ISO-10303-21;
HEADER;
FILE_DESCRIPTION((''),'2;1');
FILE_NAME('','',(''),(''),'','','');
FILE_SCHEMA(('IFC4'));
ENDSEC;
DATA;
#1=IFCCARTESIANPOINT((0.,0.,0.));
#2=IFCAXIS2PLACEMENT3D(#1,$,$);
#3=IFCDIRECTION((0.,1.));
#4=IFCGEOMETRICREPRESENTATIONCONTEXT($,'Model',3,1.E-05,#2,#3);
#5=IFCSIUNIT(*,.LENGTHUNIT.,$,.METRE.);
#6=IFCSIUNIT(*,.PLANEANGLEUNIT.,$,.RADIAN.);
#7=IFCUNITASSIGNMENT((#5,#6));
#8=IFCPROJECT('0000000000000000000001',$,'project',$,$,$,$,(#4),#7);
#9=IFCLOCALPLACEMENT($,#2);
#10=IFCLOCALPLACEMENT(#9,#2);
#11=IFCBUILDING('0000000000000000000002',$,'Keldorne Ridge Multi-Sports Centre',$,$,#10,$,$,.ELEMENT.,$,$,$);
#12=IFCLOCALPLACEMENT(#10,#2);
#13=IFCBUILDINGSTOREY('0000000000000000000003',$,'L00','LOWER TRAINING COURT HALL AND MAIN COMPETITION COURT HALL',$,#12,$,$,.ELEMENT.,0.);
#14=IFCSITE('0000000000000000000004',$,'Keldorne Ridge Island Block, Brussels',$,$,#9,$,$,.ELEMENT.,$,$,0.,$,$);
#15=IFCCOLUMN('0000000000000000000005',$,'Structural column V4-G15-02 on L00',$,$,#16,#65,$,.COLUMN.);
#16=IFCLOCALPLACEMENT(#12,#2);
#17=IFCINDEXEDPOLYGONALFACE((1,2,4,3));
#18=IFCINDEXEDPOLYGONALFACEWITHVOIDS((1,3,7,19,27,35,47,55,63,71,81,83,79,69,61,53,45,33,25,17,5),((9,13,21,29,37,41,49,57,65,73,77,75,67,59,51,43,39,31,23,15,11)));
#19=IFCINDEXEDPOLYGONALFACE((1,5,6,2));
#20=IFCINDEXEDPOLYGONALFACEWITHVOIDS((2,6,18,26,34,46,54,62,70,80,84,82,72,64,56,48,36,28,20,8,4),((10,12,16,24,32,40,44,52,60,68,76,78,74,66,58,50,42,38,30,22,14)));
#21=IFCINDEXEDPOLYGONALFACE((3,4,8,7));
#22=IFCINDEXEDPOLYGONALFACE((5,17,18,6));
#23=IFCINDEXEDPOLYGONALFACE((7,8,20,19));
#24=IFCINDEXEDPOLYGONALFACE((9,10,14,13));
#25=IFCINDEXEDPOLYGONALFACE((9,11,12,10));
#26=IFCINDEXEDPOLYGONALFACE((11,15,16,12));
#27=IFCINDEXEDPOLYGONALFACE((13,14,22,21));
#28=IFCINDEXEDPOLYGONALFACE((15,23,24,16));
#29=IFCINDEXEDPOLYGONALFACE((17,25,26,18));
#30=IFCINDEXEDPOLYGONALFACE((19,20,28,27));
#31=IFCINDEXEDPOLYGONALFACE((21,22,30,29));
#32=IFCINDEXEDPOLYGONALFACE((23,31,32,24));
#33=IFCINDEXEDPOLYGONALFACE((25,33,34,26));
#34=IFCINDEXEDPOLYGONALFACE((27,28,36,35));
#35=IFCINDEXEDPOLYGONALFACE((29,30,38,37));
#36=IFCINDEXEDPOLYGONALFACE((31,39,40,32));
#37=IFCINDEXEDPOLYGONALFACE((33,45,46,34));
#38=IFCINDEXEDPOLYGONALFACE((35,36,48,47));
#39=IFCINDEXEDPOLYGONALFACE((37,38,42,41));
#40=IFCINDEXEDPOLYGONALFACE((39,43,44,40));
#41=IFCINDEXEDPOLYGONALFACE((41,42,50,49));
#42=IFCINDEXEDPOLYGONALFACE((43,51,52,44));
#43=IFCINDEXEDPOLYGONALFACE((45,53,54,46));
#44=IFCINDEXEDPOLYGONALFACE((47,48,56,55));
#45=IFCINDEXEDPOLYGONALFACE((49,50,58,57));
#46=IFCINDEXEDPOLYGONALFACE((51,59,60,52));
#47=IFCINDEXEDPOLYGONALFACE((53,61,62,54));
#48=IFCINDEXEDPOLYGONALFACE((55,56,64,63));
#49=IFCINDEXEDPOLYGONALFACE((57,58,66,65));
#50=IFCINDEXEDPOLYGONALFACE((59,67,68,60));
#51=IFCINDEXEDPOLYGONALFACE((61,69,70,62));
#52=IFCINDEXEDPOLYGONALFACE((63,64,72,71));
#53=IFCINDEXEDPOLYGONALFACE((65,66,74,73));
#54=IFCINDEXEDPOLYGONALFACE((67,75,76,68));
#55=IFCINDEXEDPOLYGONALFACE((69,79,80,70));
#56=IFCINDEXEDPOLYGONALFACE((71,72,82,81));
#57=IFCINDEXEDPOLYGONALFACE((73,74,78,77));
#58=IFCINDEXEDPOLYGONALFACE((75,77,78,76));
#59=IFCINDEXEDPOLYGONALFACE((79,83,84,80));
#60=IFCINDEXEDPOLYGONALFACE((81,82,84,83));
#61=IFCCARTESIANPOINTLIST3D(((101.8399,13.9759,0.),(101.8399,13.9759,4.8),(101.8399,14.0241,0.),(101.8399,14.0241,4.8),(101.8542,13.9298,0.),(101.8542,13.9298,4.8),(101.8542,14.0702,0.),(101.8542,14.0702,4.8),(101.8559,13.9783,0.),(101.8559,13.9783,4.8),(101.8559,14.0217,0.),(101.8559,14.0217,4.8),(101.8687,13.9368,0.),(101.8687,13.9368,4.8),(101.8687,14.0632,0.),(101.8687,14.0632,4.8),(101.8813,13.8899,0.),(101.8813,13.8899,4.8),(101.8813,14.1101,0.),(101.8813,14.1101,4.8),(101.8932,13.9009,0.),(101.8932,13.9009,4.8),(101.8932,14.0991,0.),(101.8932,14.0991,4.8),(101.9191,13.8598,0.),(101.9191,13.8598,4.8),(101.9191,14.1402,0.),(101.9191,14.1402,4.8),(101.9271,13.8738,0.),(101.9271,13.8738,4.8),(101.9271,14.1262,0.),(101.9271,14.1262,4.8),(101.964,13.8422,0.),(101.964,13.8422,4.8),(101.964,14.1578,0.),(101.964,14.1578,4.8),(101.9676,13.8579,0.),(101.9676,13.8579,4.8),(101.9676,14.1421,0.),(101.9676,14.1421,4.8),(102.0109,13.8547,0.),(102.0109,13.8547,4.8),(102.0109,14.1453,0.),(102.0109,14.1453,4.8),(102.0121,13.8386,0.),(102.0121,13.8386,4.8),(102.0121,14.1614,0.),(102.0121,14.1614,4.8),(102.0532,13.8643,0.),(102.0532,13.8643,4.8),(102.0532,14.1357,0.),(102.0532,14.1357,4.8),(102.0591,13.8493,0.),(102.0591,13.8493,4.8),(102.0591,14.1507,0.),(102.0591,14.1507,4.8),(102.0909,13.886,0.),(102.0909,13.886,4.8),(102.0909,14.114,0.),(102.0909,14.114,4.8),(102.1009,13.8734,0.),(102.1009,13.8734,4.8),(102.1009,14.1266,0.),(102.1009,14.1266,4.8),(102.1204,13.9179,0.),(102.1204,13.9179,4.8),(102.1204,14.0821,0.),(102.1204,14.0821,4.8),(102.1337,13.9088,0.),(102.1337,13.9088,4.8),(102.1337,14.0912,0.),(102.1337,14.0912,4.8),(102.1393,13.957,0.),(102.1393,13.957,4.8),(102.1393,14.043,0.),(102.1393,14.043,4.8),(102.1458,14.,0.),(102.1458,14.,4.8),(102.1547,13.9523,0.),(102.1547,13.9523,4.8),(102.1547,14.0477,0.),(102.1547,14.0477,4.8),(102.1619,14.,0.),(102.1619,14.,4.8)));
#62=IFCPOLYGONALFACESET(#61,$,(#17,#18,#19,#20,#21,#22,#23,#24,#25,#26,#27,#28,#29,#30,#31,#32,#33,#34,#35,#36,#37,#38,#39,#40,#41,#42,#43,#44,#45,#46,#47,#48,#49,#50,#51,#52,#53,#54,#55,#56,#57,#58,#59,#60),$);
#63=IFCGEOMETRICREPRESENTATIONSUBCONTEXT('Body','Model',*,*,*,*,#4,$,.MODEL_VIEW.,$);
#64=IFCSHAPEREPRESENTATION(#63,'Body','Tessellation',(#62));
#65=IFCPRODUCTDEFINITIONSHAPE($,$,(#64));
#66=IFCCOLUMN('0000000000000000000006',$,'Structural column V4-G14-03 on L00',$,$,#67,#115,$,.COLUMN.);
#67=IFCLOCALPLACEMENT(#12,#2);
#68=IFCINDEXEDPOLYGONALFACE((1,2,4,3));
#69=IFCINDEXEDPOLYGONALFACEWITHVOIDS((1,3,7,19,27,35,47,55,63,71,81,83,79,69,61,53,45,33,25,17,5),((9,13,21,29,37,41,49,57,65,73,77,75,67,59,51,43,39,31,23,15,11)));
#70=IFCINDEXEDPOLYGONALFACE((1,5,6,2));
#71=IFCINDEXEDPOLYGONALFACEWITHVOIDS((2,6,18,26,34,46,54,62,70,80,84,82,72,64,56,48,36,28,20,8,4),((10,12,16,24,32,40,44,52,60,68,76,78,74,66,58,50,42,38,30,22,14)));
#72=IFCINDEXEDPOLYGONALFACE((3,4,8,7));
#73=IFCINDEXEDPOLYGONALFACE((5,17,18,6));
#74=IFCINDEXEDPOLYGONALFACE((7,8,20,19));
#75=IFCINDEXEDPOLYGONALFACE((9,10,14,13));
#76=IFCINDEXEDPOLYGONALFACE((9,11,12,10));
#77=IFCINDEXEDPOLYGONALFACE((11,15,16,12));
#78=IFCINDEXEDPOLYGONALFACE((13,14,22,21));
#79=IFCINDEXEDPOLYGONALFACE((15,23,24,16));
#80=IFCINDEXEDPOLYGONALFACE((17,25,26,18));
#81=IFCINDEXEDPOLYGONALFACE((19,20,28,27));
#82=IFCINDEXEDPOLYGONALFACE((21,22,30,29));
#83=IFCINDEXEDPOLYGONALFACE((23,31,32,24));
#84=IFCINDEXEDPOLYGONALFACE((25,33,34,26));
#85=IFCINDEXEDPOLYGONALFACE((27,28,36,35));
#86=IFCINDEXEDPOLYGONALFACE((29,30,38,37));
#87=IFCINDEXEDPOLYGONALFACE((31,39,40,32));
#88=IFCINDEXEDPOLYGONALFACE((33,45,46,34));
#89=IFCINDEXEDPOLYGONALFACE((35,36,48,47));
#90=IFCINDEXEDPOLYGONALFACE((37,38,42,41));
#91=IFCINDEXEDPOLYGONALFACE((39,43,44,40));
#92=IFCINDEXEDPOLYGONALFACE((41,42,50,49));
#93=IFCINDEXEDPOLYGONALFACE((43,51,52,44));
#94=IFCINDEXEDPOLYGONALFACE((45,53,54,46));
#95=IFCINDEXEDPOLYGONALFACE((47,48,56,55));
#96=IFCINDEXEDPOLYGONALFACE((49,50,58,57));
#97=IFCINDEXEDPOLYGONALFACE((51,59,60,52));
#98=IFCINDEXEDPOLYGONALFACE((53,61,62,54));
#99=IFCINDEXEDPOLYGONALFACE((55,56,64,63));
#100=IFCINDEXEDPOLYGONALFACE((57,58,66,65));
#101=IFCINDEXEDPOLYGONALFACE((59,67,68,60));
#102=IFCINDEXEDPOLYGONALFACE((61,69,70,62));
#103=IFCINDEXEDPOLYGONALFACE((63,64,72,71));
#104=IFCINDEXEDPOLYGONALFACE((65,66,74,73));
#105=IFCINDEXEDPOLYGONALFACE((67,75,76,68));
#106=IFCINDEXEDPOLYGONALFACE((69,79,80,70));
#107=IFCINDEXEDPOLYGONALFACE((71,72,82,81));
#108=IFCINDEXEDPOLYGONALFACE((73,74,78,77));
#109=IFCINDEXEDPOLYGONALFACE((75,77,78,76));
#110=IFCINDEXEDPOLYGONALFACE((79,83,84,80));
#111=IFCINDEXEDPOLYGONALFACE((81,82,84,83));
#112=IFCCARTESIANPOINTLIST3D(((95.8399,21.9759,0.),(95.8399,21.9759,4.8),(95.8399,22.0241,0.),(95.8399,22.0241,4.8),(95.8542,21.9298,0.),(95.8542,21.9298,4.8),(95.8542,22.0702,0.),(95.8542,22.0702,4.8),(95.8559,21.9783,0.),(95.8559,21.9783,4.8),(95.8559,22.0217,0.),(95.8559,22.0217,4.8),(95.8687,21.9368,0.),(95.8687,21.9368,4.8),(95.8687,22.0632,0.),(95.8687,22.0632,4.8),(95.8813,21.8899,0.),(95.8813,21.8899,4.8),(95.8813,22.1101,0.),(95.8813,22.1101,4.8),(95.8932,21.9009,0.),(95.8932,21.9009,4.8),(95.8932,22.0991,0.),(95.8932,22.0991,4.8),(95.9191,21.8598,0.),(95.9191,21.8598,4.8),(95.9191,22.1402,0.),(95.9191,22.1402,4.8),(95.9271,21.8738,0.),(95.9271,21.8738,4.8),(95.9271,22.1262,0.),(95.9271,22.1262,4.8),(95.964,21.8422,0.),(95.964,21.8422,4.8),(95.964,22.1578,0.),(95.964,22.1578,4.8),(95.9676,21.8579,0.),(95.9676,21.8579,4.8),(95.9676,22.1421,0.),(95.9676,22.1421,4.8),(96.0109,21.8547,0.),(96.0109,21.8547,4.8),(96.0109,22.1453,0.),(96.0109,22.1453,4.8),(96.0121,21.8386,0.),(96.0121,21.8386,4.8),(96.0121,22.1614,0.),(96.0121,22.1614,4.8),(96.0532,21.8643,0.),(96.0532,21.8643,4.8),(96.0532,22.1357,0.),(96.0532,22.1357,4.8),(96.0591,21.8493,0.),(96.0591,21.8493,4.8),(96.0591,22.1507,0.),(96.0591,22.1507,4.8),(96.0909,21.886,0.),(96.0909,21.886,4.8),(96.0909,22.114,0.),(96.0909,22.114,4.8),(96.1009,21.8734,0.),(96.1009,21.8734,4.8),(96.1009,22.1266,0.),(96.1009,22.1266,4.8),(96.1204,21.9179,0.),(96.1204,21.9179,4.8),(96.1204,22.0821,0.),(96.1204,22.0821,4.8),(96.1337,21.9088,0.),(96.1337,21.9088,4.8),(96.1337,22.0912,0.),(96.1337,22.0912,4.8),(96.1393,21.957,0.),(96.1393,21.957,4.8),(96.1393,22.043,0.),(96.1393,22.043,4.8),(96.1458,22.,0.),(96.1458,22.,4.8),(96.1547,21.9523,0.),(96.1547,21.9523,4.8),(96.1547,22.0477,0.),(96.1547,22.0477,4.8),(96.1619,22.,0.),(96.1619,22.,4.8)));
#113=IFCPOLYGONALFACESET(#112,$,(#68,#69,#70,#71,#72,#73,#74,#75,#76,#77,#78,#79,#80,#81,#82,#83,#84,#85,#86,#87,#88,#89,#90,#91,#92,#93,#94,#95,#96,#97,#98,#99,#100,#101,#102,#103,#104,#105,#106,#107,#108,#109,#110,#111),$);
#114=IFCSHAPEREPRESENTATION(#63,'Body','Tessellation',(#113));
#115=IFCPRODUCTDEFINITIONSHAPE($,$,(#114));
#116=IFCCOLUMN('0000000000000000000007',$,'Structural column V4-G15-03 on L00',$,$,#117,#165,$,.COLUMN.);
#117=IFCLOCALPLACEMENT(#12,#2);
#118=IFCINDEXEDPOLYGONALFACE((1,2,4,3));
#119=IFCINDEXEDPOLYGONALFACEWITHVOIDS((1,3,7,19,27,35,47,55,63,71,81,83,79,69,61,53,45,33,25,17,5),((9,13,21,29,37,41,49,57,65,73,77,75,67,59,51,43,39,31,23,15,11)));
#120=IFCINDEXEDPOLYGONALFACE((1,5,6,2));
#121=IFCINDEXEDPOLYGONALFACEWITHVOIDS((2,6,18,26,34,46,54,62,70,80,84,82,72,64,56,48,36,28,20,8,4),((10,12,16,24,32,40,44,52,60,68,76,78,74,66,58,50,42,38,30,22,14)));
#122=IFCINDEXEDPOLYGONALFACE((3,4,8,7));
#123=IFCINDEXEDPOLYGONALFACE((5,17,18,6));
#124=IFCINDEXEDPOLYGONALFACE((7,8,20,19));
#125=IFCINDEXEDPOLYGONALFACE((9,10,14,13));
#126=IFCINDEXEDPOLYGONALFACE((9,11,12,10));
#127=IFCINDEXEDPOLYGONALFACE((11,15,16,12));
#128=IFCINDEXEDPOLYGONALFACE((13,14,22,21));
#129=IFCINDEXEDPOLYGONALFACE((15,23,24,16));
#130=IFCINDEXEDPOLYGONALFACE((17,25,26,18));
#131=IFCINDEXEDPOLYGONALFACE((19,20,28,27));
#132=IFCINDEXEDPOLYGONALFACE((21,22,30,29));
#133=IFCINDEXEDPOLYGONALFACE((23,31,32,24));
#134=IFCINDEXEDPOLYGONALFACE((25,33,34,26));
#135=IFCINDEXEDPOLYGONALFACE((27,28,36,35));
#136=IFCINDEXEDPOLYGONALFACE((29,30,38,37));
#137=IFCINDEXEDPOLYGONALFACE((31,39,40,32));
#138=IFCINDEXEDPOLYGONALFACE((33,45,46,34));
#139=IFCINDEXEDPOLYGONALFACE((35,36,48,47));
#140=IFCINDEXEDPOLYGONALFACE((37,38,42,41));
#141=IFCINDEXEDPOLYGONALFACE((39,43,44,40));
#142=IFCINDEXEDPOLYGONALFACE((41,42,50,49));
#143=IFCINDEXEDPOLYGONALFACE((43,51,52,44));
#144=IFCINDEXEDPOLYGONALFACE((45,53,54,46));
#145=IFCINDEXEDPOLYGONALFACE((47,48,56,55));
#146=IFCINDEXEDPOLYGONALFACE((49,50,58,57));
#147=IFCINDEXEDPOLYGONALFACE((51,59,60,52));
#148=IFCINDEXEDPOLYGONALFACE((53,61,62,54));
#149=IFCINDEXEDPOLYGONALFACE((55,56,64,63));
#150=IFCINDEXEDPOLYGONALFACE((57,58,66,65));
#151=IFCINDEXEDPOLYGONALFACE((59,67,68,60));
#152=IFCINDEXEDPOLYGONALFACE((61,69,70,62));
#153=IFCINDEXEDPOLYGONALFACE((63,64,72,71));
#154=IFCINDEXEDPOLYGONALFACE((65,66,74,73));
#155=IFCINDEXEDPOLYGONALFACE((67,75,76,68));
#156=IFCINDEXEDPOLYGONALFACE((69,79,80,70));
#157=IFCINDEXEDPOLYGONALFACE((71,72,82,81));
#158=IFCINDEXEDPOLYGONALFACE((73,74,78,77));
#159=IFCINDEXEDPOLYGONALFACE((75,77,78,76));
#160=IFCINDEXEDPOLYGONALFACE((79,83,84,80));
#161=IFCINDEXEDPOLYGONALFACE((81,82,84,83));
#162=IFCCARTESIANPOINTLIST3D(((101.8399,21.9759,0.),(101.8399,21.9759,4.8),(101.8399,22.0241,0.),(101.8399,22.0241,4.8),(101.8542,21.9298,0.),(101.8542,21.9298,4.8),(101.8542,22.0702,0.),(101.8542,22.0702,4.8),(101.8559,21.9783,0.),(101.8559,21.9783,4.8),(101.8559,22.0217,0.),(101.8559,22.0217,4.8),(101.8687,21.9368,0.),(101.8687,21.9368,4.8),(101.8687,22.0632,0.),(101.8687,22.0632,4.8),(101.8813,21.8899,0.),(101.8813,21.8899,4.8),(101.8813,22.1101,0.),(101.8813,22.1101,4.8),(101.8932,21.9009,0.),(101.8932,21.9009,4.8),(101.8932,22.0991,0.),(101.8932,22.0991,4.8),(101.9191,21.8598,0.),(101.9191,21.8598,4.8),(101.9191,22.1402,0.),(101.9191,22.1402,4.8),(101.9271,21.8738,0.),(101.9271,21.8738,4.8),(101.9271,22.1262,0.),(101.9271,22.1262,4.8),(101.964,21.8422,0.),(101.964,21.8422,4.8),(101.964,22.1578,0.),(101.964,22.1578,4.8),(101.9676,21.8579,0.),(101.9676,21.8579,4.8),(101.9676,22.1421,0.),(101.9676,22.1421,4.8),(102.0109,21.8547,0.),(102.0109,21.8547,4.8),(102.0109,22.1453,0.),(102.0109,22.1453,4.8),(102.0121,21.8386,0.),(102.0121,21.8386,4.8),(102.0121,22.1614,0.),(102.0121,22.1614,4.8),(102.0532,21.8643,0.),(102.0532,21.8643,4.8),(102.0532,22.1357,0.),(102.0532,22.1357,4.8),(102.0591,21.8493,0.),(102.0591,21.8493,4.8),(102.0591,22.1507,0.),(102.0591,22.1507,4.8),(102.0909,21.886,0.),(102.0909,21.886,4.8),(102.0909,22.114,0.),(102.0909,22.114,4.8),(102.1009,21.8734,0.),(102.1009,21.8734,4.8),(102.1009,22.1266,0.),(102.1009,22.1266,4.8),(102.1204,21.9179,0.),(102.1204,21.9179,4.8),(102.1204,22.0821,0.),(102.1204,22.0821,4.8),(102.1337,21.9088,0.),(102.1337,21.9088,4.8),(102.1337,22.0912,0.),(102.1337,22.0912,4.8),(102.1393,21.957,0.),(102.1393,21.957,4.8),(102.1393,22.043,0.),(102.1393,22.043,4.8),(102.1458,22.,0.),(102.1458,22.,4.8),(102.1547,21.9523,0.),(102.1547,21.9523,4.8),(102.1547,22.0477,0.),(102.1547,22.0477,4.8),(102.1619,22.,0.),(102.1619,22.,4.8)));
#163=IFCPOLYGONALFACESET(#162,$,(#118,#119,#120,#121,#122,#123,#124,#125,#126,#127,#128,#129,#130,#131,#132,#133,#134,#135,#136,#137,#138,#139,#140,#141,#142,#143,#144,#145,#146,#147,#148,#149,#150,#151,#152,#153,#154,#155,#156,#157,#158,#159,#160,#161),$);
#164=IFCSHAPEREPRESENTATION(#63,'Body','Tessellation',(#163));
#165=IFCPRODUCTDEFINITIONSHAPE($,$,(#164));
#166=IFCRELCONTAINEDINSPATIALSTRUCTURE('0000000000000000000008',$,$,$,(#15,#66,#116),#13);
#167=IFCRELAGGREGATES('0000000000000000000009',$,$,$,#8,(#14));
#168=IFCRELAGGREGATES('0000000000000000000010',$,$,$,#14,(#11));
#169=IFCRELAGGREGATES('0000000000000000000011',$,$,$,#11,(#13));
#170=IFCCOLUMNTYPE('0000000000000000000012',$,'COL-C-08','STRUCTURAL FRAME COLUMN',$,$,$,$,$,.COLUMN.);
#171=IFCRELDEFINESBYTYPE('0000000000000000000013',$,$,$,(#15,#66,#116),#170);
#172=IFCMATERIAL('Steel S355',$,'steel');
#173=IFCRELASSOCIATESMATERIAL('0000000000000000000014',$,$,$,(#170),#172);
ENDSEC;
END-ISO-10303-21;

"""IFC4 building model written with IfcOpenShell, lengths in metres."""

from ifc_helpers import new_model, si_unit, direction, frame, origin, origin_2d, place, context, subcontext, project, spatial, hollow_circle, extrude, material, material_profile, profile_set, type_object, element, save


model = new_model("IFC4")

# Units and contexts
model_context = context("Model", 3, precision=1e-05, world=origin(), true_north=direction((0.0, 1.0)))
body_context = subcontext(model_context, "Body", "Model", "MODEL_VIEW")
ifc_project = project(units=[si_unit("LENGTHUNIT", "METRE"), si_unit("PLANEANGLEUNIT", "RADIAN")], contexts=[model_context])

# Site, building, storey
site_placement = place(None, origin())
site = spatial("IfcSite", under=ifc_project, at=site_placement, Name="Keldorne Ridge Island Block, Brussels", CompositionType="ELEMENT", RefElevation=0.0)
building_placement = place(site_placement, origin())
building = spatial("IfcBuilding", under=site, at=building_placement, Name="Keldorne Ridge Multi-Sports Centre", CompositionType="ELEMENT")
storey_placement = place(building_placement, origin())
storey = spatial("IfcBuildingStorey", under=building, at=storey_placement, Name="L00", Description="LOWER TRAINING COURT HALL AND MAIN COMPETITION COURT HALL", CompositionType="ELEMENT", Elevation=0.0)

# Columns
ifc_material_1 = material(Name="Steel S355", Category="steel")
ifc_material_profile_1 = material_profile(ifc_material_1, hollow_circle(Radius=0.1619, WallThickness=0.0161, at=origin_2d()), Name="CHS 323.9x16")
ifc_profile_set_1 = profile_set([ifc_material_profile_1], Name="Steel S355")
column_type_1 = type_object("IfcColumnType", Name="COL-C-08", Description="STRUCTURAL FRAME COLUMN", PredefinedType="COLUMN", material=ifc_profile_set_1)
for number, where, z_axis, x_axis, name in (
    (1, (102.0, 14.0, 0.0), (0.0, 0.0, 1.0), (1.0, 0.0, 0.0), "Structural column V4-G15-02 on L00"),
    (2, (96.0, 22.0, 0.0), (0.0, 0.0, 1.0), (1.0, 0.0, 0.0), "Structural column V4-G14-03 on L00"),
    (3, (102.0, 22.0, 0.0), (0.0, 0.0, 1.0), (1.0, 0.0, 0.0), "Structural column V4-G15-03 on L00"),
):
    element("IfcColumn", number, at=place(storey_placement, frame(where, z_axis=z_axis, x_axis=x_axis)), inside=storey, type_object=column_type_1, Name=name, PredefinedType="COLUMN", context=body_context, shape_type="SweptSolid", body=[
        extrude(hollow_circle(Radius=0.1619, WallThickness=0.0161, at=origin_2d()), origin(), (0.0, 0.0, 1.0), 4.8),
    ])

save(model, "model.ifc")
